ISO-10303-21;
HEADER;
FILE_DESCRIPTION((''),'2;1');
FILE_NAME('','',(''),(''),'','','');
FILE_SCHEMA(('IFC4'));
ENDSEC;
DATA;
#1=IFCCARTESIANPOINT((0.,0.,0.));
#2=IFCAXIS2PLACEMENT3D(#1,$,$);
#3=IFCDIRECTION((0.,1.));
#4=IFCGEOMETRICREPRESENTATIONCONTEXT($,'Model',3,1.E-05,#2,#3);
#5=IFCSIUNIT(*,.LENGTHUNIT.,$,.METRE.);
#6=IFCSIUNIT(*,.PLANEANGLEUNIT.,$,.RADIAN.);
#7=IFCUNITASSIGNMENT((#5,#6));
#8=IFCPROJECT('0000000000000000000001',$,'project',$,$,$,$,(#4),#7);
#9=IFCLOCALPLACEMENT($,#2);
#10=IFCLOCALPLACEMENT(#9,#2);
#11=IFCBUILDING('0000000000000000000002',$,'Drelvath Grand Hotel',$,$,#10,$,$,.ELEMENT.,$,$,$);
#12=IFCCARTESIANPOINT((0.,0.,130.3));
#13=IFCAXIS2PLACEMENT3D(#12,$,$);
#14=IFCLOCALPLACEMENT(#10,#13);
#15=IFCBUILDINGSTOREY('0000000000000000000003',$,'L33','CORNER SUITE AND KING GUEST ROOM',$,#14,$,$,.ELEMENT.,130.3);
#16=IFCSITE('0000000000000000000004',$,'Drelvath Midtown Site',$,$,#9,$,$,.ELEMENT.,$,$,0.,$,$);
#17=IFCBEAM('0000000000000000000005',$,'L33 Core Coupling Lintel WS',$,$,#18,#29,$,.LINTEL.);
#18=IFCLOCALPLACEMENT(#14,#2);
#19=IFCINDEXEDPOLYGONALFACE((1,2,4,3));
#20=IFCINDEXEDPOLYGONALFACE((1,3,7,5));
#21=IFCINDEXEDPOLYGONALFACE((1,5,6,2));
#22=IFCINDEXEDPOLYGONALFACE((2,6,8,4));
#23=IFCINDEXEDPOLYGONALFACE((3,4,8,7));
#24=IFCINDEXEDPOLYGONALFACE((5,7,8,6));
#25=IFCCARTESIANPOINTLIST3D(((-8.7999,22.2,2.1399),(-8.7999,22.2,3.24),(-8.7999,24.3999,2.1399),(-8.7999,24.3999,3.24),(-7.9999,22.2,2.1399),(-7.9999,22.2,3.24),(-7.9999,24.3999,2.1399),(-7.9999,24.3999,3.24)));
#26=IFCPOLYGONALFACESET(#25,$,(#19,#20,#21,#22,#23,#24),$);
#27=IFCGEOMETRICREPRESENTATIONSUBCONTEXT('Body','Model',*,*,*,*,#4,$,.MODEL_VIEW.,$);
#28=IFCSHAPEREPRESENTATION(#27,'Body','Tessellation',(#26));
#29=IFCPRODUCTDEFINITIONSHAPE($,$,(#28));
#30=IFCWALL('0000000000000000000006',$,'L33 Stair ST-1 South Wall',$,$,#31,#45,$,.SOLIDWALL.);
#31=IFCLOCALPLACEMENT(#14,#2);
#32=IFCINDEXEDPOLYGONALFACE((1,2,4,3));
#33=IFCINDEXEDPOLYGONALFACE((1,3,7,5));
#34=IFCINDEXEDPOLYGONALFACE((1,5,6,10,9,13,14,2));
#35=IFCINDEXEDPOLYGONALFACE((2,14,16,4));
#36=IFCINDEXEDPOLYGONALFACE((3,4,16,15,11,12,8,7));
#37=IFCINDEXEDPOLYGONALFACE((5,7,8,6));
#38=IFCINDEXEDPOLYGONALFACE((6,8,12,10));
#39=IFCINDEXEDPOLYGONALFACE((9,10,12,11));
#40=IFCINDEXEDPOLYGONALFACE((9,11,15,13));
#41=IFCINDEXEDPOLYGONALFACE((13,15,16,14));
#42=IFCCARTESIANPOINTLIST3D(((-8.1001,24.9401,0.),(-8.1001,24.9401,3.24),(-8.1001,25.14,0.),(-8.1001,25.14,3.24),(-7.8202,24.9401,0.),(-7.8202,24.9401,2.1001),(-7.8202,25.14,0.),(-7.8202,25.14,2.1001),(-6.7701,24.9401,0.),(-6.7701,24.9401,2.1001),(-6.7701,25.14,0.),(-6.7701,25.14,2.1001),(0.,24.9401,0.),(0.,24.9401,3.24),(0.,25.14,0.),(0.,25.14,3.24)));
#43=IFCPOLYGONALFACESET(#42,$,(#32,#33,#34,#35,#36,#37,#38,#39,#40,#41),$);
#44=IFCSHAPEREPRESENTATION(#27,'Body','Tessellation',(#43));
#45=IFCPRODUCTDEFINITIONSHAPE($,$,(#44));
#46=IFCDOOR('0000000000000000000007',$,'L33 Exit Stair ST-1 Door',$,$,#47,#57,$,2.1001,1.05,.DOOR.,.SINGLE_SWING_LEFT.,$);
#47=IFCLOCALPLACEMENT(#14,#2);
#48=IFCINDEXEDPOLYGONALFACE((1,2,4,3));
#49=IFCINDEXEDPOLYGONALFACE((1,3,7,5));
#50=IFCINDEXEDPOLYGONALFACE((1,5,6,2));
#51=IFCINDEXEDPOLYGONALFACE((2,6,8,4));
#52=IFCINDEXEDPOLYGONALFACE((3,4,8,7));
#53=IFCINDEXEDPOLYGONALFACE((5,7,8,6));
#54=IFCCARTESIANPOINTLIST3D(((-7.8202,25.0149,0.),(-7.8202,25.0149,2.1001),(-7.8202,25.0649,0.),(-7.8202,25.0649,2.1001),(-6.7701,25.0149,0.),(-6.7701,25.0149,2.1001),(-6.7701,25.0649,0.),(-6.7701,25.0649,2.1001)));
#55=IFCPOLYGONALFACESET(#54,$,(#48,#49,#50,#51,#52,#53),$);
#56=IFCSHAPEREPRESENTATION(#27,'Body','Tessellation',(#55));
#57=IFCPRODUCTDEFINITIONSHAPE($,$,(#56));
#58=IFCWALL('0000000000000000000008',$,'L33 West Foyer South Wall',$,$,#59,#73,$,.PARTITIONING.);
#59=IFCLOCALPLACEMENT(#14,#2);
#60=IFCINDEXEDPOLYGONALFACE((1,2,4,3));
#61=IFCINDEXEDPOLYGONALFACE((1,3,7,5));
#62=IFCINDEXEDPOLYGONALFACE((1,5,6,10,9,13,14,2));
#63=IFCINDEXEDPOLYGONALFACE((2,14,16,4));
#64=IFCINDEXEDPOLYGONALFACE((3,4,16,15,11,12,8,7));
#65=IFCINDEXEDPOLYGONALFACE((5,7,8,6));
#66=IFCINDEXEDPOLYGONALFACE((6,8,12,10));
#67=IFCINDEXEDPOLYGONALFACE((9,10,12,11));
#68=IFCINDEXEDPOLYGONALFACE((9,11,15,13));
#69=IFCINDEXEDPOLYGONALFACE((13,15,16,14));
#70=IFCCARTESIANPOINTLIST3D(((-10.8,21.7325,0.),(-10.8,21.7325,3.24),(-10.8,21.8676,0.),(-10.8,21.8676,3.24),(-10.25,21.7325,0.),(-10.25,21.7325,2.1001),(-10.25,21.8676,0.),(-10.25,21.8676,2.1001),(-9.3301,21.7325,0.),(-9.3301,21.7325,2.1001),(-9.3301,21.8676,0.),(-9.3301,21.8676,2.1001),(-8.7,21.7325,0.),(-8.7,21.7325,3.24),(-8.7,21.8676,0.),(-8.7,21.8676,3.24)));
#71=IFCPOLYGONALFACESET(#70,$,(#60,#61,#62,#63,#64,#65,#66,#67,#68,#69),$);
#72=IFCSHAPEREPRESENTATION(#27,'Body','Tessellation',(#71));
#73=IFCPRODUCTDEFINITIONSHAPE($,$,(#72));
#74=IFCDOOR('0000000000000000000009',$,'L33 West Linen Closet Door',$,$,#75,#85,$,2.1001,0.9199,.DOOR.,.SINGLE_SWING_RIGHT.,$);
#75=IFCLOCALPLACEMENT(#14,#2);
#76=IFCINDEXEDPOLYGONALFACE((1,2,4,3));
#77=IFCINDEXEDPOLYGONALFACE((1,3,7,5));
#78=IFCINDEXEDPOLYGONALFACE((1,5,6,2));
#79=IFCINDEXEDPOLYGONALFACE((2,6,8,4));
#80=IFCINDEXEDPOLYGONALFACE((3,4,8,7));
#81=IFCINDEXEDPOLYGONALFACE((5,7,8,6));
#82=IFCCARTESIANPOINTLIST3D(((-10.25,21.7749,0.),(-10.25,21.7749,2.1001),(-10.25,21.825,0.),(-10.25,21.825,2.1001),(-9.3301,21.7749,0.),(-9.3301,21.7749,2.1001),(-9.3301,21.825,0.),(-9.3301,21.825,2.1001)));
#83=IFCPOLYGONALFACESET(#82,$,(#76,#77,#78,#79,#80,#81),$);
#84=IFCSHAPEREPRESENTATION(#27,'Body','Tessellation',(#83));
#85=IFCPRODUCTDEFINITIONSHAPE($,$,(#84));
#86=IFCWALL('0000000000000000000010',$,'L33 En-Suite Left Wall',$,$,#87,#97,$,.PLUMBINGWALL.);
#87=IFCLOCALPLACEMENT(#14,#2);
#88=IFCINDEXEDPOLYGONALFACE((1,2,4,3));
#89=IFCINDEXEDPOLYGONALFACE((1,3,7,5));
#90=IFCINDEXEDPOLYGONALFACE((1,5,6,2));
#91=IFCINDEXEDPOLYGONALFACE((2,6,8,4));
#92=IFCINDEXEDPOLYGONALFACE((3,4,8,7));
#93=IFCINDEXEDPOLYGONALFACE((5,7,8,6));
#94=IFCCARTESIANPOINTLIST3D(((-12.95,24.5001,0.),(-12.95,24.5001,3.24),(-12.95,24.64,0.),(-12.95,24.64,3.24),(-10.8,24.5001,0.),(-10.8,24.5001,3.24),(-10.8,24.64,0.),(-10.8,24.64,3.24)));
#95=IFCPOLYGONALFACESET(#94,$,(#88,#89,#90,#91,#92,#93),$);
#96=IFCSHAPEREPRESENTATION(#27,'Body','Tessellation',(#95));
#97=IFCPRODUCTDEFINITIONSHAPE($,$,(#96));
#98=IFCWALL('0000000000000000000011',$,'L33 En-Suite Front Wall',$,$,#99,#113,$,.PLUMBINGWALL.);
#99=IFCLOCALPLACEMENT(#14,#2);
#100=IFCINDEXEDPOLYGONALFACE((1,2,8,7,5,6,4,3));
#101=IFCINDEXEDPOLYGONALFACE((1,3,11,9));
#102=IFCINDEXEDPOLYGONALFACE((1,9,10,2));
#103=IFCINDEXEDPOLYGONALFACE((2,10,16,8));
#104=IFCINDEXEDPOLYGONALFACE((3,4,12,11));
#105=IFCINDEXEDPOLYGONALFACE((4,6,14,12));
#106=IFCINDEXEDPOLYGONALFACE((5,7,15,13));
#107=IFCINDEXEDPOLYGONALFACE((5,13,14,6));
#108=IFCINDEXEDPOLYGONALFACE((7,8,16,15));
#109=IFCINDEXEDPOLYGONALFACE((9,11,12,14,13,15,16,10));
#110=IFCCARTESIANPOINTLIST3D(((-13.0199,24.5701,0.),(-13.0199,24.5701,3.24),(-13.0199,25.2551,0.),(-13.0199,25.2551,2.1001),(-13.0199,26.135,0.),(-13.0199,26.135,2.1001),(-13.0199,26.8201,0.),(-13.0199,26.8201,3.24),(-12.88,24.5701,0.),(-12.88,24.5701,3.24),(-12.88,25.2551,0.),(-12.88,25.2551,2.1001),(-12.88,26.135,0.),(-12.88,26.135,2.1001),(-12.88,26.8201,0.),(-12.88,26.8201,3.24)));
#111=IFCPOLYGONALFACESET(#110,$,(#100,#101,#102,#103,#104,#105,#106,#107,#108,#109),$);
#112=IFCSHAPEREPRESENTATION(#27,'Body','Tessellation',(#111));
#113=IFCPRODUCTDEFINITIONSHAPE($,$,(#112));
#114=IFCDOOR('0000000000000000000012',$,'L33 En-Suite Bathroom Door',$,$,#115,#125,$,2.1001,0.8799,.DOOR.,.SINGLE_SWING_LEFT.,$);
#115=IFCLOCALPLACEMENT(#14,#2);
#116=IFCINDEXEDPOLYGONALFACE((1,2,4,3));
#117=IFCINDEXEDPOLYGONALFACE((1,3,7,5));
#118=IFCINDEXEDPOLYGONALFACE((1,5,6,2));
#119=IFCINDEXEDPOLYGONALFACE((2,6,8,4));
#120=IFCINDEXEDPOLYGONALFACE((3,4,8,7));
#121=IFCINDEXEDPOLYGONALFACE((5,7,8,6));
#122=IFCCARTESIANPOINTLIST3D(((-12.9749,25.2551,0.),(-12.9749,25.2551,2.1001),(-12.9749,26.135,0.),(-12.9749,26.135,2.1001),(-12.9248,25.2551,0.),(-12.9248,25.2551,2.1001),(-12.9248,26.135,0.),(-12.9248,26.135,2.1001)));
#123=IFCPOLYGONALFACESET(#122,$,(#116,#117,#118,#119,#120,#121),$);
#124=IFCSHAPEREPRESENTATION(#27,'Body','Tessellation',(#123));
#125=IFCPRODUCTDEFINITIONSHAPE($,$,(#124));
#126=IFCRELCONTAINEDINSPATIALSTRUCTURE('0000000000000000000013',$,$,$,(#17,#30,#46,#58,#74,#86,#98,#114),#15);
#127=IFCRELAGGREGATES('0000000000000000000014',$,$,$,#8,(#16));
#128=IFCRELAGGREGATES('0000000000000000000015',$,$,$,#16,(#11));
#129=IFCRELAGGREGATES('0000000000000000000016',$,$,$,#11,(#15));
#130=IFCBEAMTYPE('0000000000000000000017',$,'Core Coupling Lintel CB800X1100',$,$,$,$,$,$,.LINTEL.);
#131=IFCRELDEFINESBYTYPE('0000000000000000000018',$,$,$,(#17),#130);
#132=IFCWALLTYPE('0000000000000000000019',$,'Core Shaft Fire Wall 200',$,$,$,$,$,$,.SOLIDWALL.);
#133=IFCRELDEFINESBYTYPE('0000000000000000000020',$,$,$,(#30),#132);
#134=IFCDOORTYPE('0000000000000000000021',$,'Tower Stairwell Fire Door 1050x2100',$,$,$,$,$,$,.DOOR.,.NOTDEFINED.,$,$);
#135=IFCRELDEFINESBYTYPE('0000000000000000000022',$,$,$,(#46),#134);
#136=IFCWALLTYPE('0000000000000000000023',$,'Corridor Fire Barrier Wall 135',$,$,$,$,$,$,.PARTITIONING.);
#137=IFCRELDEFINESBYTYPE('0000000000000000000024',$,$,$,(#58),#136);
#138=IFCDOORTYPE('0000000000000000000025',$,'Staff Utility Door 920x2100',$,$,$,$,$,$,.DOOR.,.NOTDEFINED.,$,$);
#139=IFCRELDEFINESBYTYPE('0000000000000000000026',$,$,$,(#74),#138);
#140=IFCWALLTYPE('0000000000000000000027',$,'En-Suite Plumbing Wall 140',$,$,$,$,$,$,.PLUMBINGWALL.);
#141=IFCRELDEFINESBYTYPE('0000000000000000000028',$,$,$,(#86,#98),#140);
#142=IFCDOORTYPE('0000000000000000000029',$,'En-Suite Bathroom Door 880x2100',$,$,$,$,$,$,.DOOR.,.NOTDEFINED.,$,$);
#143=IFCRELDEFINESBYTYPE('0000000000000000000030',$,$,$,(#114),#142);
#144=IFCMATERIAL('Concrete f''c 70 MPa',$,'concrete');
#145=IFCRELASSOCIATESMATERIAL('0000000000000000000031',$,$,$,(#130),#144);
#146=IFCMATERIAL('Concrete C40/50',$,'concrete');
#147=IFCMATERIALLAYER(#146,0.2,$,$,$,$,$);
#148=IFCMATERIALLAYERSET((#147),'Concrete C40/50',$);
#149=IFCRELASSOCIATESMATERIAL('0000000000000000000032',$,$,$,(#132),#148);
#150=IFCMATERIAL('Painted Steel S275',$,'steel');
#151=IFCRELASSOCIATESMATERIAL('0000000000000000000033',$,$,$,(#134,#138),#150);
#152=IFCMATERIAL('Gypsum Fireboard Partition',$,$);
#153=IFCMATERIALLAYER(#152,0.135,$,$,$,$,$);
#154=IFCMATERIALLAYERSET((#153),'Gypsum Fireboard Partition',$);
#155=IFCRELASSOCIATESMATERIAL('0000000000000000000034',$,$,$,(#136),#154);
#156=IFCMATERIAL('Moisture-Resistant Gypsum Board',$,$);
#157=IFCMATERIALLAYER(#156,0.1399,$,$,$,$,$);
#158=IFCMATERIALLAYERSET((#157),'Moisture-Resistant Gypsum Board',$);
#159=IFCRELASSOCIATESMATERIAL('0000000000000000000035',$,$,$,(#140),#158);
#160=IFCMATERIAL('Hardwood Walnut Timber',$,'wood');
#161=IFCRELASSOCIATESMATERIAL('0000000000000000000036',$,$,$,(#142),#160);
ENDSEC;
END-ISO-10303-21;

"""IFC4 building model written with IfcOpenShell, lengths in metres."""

from ifc_helpers import new_model, si_unit, direction, frame, frame_2d, origin, origin_2d, place, context, subcontext, project, spatial, rectangle, extrude, material, layer, layer_set, material_profile, profile_set, type_object, element, fill, save


model = new_model("IFC4")

# Units and contexts
model_context = context("Model", 3, precision=1e-05, world=origin(), true_north=direction((0.0, 1.0)))
body_context = subcontext(model_context, "Body", "Model", "MODEL_VIEW")
ifc_project = project(units=[si_unit("LENGTHUNIT", "METRE"), si_unit("PLANEANGLEUNIT", "RADIAN")], contexts=[model_context])

# Site, building, storey
site_placement = place(None, origin())
site = spatial("IfcSite", under=ifc_project, at=site_placement, Name="Drelvath Midtown Site", CompositionType="ELEMENT", RefElevation=0.0)
building_placement = place(site_placement, origin())
building = spatial("IfcBuilding", under=site, at=building_placement, Name="Drelvath Grand Hotel", CompositionType="ELEMENT")
storey_placement = place(building_placement, frame((0.0, 0.0, 130.3)))
storey = spatial("IfcBuildingStorey", under=building, at=storey_placement, Name="L33", Description="CORNER SUITE AND KING GUEST ROOM", CompositionType="ELEMENT", Elevation=130.3)

# Beam
ifc_material_1 = material(Name="Concrete f'c 70 MPa", Category="concrete")
ifc_material_profile = material_profile(ifc_material_1, rectangle(XDim=0.8, YDim=1.1001, at=origin_2d()), Name="CB800X1100")
ifc_profile_set = profile_set([ifc_material_profile], Name="Concrete f'c 70 MPa")
beam_type = type_object("IfcBeamType", Name="Core Coupling Lintel CB800X1100", PredefinedType="LINTEL", material=ifc_profile_set)
beam_placement = place(storey_placement, frame((-8.3999, 22.2, 2.6899), z_axis=(0.0, 1.0, 0.0), x_axis=(-1.0, 0.0, 0.0)))
element("IfcBeam", 1, at=beam_placement, inside=storey, type_object=beam_type, Name="L33 Core Coupling Lintel WS", PredefinedType="LINTEL", context=body_context, shape_type="SweptSolid", body=[
    extrude(rectangle(XDim=0.8, YDim=1.1001, at=origin_2d()), origin(), (0.0, 0.0, 1.0), 2.2),
])

# Walls, openings, doors
ifc_material_2 = material(Name="Concrete C40/50", Category="concrete")
ifc_layer_1 = layer(ifc_material_2, 0.2)
ifc_layer_set_1 = layer_set([ifc_layer_1], Name="Concrete C40/50")
wall_type_1 = type_object("IfcWallType", Name="Core Shaft Fire Wall 200", PredefinedType="SOLIDWALL", material=ifc_layer_set_1)
wall_1_placement = place(storey_placement, frame((-8.1001, 25.04, 0.0), z_axis=(0.0, 0.0, 1.0), x_axis=(1.0, 0.0, 0.0)))
wall_1 = element("IfcWall", 2, at=wall_1_placement, inside=storey, type_object=wall_type_1, Name="L33 Stair ST-1 South Wall", PredefinedType="SOLIDWALL", context=body_context, shape_type="SweptSolid", body=[
    extrude(rectangle(XDim=8.1001, YDim=0.2, at=frame_2d((4.05, 0.0))), origin(), (0.0, 0.0, 1.0), 3.24),
])
opening_1_placement = place(wall_1_placement, frame((0.28, 0.0, 0.0)))
opening_1 = element("IfcOpeningElement", 3, at=opening_1_placement, cuts=wall_1, PredefinedType="OPENING", context=body_context, shape_type="SweptSolid", body=[
    extrude(rectangle(XDim=1.05, YDim=2.1001, at=frame_2d((0.5249, 1.05))), frame((0.0, 0.1099, 0.0), z_axis=(0.0, -1.0, 0.0), x_axis=(1.0, 0.0, 0.0)), (0.0, 0.0, 1.0), 0.22),
])
ifc_material_3 = material(Name="Painted Steel S275", Category="steel")
door_type_1 = type_object("IfcDoorType", Name="Tower Stairwell Fire Door 1050x2100", OperationType="NOTDEFINED", PredefinedType="DOOR", material=ifc_material_3)
door_1_placement = place(opening_1_placement, origin())
door_1 = element("IfcDoor", 4, at=door_1_placement, inside=storey, type_object=door_type_1, Name="L33 Exit Stair ST-1 Door", OperationType="SINGLE_SWING_LEFT", OverallHeight=2.1001, OverallWidth=1.05, PredefinedType="DOOR", context=body_context, shape_type="SweptSolid", body=[
    extrude(rectangle(XDim=1.05, YDim=2.1001, at=frame_2d((0.5249, 1.05))), frame((0.0, 0.0249, 0.0), z_axis=(0.0, -1.0, 0.0), x_axis=(1.0, 0.0, 0.0)), (0.0, 0.0, 1.0), 0.05),
])
fill(opening_1, door_1)
ifc_material_4 = material(Name="Gypsum Fireboard Partition")
ifc_layer_2 = layer(ifc_material_4, 0.135)
ifc_layer_set_2 = layer_set([ifc_layer_2], Name="Gypsum Fireboard Partition")
wall_type_2 = type_object("IfcWallType", Name="Corridor Fire Barrier Wall 135", PredefinedType="PARTITIONING", material=ifc_layer_set_2)
wall_2_placement = place(storey_placement, frame((-10.8, 21.8, 0.0), z_axis=(0.0, 0.0, 1.0), x_axis=(1.0, 0.0, 0.0)))
wall_2 = element("IfcWall", 5, at=wall_2_placement, inside=storey, type_object=wall_type_2, Name="L33 West Foyer South Wall", PredefinedType="PARTITIONING", context=body_context, shape_type="SweptSolid", body=[
    extrude(rectangle(XDim=2.1001, YDim=0.135, at=frame_2d((1.05, 0.0))), origin(), (0.0, 0.0, 1.0), 3.24),
])
opening_2_placement = place(wall_2_placement, frame((0.55, 0.0, 0.0)))
opening_2 = element("IfcOpeningElement", 6, at=opening_2_placement, cuts=wall_2, PredefinedType="OPENING", context=body_context, shape_type="SweptSolid", body=[
    extrude(rectangle(XDim=0.9199, YDim=2.1001, at=frame_2d((0.46, 1.05))), frame((0.0, 0.0774, 0.0), z_axis=(0.0, -1.0, 0.0), x_axis=(1.0, 0.0, 0.0)), (0.0, 0.0, 1.0), 0.155),
])
door_type_2 = type_object("IfcDoorType", Name="Staff Utility Door 920x2100", OperationType="NOTDEFINED", PredefinedType="DOOR", material=ifc_material_3)
door_2_placement = place(opening_2_placement, origin())
door_2 = element("IfcDoor", 7, at=door_2_placement, inside=storey, type_object=door_type_2, Name="L33 West Linen Closet Door", OperationType="SINGLE_SWING_RIGHT", OverallHeight=2.1001, OverallWidth=0.9199, PredefinedType="DOOR", context=body_context, shape_type="SweptSolid", body=[
    extrude(rectangle(XDim=0.9199, YDim=2.1001, at=frame_2d((0.46, 1.05))), frame((0.0, 0.0249, 0.0), z_axis=(0.0, -1.0, 0.0), x_axis=(1.0, 0.0, 0.0)), (0.0, 0.0, 1.0), 0.05),
])
fill(opening_2, door_2)

# Wall
ifc_material_5 = material(Name="Moisture-Resistant Gypsum Board")
ifc_layer_3 = layer(ifc_material_5, 0.1399)
ifc_layer_set_3 = layer_set([ifc_layer_3], Name="Moisture-Resistant Gypsum Board")
wall_type_3 = type_object("IfcWallType", Name="En-Suite Plumbing Wall 140", PredefinedType="PLUMBINGWALL", material=ifc_layer_set_3)
wall_3_placement = place(storey_placement, frame((-10.8, 24.5701, 0.0), z_axis=(0.0, 0.0, 1.0), x_axis=(-1.0, 0.0, 0.0)))
element("IfcWall", 8, at=wall_3_placement, inside=storey, type_object=wall_type_3, Name="L33 En-Suite Left Wall", PredefinedType="PLUMBINGWALL", context=body_context, shape_type="SweptSolid", body=[
    extrude(rectangle(XDim=2.1499, YDim=0.1399, at=frame_2d((1.075, 0.0))), origin(), (0.0, 0.0, 1.0), 3.24),
])

# Wall, opening, door
wall_4_placement = place(storey_placement, frame((-12.95, 24.5701, 0.0), z_axis=(0.0, 0.0, 1.0), x_axis=(0.0, 1.0, 0.0)))
wall_4 = element("IfcWall", 9, at=wall_4_placement, inside=storey, type_object=wall_type_3, Name="L33 En-Suite Front Wall", PredefinedType="PLUMBINGWALL", context=body_context, shape_type="SweptSolid", body=[
    extrude(rectangle(XDim=2.25, YDim=0.1399, at=frame_2d((1.125, 0.0))), origin(), (0.0, 0.0, 1.0), 3.24),
])
opening_3_placement = place(wall_4_placement, frame((0.6851, 0.0, 0.0)))
opening_3 = element("IfcOpeningElement", 10, at=opening_3_placement, cuts=wall_4, PredefinedType="OPENING", context=body_context, shape_type="SweptSolid", body=[
    extrude(rectangle(XDim=0.8799, YDim=2.1001, at=frame_2d((0.4399, 1.05))), frame((0.0, 0.0798, 0.0), z_axis=(0.0, -1.0, 0.0), x_axis=(1.0, 0.0, 0.0)), (0.0, 0.0, 1.0), 0.1599),
])
ifc_material_6 = material(Name="Hardwood Walnut Timber", Category="wood")
door_type_3 = type_object("IfcDoorType", Name="En-Suite Bathroom Door 880x2100", OperationType="NOTDEFINED", PredefinedType="DOOR", material=ifc_material_6)
door_3_placement = place(opening_3_placement, origin())
door_3 = element("IfcDoor", 11, at=door_3_placement, inside=storey, type_object=door_type_3, Name="L33 En-Suite Bathroom Door", OperationType="SINGLE_SWING_LEFT", OverallHeight=2.1001, OverallWidth=0.8799, PredefinedType="DOOR", context=body_context, shape_type="SweptSolid", body=[
    extrude(rectangle(XDim=0.8799, YDim=2.1001, at=frame_2d((0.4399, 1.05))), frame((0.0, 0.0249, 0.0), z_axis=(0.0, -1.0, 0.0), x_axis=(1.0, 0.0, 0.0)), (0.0, 0.0, 1.0), 0.05),
])
fill(opening_3, door_3)

save(model, "model.ifc")
